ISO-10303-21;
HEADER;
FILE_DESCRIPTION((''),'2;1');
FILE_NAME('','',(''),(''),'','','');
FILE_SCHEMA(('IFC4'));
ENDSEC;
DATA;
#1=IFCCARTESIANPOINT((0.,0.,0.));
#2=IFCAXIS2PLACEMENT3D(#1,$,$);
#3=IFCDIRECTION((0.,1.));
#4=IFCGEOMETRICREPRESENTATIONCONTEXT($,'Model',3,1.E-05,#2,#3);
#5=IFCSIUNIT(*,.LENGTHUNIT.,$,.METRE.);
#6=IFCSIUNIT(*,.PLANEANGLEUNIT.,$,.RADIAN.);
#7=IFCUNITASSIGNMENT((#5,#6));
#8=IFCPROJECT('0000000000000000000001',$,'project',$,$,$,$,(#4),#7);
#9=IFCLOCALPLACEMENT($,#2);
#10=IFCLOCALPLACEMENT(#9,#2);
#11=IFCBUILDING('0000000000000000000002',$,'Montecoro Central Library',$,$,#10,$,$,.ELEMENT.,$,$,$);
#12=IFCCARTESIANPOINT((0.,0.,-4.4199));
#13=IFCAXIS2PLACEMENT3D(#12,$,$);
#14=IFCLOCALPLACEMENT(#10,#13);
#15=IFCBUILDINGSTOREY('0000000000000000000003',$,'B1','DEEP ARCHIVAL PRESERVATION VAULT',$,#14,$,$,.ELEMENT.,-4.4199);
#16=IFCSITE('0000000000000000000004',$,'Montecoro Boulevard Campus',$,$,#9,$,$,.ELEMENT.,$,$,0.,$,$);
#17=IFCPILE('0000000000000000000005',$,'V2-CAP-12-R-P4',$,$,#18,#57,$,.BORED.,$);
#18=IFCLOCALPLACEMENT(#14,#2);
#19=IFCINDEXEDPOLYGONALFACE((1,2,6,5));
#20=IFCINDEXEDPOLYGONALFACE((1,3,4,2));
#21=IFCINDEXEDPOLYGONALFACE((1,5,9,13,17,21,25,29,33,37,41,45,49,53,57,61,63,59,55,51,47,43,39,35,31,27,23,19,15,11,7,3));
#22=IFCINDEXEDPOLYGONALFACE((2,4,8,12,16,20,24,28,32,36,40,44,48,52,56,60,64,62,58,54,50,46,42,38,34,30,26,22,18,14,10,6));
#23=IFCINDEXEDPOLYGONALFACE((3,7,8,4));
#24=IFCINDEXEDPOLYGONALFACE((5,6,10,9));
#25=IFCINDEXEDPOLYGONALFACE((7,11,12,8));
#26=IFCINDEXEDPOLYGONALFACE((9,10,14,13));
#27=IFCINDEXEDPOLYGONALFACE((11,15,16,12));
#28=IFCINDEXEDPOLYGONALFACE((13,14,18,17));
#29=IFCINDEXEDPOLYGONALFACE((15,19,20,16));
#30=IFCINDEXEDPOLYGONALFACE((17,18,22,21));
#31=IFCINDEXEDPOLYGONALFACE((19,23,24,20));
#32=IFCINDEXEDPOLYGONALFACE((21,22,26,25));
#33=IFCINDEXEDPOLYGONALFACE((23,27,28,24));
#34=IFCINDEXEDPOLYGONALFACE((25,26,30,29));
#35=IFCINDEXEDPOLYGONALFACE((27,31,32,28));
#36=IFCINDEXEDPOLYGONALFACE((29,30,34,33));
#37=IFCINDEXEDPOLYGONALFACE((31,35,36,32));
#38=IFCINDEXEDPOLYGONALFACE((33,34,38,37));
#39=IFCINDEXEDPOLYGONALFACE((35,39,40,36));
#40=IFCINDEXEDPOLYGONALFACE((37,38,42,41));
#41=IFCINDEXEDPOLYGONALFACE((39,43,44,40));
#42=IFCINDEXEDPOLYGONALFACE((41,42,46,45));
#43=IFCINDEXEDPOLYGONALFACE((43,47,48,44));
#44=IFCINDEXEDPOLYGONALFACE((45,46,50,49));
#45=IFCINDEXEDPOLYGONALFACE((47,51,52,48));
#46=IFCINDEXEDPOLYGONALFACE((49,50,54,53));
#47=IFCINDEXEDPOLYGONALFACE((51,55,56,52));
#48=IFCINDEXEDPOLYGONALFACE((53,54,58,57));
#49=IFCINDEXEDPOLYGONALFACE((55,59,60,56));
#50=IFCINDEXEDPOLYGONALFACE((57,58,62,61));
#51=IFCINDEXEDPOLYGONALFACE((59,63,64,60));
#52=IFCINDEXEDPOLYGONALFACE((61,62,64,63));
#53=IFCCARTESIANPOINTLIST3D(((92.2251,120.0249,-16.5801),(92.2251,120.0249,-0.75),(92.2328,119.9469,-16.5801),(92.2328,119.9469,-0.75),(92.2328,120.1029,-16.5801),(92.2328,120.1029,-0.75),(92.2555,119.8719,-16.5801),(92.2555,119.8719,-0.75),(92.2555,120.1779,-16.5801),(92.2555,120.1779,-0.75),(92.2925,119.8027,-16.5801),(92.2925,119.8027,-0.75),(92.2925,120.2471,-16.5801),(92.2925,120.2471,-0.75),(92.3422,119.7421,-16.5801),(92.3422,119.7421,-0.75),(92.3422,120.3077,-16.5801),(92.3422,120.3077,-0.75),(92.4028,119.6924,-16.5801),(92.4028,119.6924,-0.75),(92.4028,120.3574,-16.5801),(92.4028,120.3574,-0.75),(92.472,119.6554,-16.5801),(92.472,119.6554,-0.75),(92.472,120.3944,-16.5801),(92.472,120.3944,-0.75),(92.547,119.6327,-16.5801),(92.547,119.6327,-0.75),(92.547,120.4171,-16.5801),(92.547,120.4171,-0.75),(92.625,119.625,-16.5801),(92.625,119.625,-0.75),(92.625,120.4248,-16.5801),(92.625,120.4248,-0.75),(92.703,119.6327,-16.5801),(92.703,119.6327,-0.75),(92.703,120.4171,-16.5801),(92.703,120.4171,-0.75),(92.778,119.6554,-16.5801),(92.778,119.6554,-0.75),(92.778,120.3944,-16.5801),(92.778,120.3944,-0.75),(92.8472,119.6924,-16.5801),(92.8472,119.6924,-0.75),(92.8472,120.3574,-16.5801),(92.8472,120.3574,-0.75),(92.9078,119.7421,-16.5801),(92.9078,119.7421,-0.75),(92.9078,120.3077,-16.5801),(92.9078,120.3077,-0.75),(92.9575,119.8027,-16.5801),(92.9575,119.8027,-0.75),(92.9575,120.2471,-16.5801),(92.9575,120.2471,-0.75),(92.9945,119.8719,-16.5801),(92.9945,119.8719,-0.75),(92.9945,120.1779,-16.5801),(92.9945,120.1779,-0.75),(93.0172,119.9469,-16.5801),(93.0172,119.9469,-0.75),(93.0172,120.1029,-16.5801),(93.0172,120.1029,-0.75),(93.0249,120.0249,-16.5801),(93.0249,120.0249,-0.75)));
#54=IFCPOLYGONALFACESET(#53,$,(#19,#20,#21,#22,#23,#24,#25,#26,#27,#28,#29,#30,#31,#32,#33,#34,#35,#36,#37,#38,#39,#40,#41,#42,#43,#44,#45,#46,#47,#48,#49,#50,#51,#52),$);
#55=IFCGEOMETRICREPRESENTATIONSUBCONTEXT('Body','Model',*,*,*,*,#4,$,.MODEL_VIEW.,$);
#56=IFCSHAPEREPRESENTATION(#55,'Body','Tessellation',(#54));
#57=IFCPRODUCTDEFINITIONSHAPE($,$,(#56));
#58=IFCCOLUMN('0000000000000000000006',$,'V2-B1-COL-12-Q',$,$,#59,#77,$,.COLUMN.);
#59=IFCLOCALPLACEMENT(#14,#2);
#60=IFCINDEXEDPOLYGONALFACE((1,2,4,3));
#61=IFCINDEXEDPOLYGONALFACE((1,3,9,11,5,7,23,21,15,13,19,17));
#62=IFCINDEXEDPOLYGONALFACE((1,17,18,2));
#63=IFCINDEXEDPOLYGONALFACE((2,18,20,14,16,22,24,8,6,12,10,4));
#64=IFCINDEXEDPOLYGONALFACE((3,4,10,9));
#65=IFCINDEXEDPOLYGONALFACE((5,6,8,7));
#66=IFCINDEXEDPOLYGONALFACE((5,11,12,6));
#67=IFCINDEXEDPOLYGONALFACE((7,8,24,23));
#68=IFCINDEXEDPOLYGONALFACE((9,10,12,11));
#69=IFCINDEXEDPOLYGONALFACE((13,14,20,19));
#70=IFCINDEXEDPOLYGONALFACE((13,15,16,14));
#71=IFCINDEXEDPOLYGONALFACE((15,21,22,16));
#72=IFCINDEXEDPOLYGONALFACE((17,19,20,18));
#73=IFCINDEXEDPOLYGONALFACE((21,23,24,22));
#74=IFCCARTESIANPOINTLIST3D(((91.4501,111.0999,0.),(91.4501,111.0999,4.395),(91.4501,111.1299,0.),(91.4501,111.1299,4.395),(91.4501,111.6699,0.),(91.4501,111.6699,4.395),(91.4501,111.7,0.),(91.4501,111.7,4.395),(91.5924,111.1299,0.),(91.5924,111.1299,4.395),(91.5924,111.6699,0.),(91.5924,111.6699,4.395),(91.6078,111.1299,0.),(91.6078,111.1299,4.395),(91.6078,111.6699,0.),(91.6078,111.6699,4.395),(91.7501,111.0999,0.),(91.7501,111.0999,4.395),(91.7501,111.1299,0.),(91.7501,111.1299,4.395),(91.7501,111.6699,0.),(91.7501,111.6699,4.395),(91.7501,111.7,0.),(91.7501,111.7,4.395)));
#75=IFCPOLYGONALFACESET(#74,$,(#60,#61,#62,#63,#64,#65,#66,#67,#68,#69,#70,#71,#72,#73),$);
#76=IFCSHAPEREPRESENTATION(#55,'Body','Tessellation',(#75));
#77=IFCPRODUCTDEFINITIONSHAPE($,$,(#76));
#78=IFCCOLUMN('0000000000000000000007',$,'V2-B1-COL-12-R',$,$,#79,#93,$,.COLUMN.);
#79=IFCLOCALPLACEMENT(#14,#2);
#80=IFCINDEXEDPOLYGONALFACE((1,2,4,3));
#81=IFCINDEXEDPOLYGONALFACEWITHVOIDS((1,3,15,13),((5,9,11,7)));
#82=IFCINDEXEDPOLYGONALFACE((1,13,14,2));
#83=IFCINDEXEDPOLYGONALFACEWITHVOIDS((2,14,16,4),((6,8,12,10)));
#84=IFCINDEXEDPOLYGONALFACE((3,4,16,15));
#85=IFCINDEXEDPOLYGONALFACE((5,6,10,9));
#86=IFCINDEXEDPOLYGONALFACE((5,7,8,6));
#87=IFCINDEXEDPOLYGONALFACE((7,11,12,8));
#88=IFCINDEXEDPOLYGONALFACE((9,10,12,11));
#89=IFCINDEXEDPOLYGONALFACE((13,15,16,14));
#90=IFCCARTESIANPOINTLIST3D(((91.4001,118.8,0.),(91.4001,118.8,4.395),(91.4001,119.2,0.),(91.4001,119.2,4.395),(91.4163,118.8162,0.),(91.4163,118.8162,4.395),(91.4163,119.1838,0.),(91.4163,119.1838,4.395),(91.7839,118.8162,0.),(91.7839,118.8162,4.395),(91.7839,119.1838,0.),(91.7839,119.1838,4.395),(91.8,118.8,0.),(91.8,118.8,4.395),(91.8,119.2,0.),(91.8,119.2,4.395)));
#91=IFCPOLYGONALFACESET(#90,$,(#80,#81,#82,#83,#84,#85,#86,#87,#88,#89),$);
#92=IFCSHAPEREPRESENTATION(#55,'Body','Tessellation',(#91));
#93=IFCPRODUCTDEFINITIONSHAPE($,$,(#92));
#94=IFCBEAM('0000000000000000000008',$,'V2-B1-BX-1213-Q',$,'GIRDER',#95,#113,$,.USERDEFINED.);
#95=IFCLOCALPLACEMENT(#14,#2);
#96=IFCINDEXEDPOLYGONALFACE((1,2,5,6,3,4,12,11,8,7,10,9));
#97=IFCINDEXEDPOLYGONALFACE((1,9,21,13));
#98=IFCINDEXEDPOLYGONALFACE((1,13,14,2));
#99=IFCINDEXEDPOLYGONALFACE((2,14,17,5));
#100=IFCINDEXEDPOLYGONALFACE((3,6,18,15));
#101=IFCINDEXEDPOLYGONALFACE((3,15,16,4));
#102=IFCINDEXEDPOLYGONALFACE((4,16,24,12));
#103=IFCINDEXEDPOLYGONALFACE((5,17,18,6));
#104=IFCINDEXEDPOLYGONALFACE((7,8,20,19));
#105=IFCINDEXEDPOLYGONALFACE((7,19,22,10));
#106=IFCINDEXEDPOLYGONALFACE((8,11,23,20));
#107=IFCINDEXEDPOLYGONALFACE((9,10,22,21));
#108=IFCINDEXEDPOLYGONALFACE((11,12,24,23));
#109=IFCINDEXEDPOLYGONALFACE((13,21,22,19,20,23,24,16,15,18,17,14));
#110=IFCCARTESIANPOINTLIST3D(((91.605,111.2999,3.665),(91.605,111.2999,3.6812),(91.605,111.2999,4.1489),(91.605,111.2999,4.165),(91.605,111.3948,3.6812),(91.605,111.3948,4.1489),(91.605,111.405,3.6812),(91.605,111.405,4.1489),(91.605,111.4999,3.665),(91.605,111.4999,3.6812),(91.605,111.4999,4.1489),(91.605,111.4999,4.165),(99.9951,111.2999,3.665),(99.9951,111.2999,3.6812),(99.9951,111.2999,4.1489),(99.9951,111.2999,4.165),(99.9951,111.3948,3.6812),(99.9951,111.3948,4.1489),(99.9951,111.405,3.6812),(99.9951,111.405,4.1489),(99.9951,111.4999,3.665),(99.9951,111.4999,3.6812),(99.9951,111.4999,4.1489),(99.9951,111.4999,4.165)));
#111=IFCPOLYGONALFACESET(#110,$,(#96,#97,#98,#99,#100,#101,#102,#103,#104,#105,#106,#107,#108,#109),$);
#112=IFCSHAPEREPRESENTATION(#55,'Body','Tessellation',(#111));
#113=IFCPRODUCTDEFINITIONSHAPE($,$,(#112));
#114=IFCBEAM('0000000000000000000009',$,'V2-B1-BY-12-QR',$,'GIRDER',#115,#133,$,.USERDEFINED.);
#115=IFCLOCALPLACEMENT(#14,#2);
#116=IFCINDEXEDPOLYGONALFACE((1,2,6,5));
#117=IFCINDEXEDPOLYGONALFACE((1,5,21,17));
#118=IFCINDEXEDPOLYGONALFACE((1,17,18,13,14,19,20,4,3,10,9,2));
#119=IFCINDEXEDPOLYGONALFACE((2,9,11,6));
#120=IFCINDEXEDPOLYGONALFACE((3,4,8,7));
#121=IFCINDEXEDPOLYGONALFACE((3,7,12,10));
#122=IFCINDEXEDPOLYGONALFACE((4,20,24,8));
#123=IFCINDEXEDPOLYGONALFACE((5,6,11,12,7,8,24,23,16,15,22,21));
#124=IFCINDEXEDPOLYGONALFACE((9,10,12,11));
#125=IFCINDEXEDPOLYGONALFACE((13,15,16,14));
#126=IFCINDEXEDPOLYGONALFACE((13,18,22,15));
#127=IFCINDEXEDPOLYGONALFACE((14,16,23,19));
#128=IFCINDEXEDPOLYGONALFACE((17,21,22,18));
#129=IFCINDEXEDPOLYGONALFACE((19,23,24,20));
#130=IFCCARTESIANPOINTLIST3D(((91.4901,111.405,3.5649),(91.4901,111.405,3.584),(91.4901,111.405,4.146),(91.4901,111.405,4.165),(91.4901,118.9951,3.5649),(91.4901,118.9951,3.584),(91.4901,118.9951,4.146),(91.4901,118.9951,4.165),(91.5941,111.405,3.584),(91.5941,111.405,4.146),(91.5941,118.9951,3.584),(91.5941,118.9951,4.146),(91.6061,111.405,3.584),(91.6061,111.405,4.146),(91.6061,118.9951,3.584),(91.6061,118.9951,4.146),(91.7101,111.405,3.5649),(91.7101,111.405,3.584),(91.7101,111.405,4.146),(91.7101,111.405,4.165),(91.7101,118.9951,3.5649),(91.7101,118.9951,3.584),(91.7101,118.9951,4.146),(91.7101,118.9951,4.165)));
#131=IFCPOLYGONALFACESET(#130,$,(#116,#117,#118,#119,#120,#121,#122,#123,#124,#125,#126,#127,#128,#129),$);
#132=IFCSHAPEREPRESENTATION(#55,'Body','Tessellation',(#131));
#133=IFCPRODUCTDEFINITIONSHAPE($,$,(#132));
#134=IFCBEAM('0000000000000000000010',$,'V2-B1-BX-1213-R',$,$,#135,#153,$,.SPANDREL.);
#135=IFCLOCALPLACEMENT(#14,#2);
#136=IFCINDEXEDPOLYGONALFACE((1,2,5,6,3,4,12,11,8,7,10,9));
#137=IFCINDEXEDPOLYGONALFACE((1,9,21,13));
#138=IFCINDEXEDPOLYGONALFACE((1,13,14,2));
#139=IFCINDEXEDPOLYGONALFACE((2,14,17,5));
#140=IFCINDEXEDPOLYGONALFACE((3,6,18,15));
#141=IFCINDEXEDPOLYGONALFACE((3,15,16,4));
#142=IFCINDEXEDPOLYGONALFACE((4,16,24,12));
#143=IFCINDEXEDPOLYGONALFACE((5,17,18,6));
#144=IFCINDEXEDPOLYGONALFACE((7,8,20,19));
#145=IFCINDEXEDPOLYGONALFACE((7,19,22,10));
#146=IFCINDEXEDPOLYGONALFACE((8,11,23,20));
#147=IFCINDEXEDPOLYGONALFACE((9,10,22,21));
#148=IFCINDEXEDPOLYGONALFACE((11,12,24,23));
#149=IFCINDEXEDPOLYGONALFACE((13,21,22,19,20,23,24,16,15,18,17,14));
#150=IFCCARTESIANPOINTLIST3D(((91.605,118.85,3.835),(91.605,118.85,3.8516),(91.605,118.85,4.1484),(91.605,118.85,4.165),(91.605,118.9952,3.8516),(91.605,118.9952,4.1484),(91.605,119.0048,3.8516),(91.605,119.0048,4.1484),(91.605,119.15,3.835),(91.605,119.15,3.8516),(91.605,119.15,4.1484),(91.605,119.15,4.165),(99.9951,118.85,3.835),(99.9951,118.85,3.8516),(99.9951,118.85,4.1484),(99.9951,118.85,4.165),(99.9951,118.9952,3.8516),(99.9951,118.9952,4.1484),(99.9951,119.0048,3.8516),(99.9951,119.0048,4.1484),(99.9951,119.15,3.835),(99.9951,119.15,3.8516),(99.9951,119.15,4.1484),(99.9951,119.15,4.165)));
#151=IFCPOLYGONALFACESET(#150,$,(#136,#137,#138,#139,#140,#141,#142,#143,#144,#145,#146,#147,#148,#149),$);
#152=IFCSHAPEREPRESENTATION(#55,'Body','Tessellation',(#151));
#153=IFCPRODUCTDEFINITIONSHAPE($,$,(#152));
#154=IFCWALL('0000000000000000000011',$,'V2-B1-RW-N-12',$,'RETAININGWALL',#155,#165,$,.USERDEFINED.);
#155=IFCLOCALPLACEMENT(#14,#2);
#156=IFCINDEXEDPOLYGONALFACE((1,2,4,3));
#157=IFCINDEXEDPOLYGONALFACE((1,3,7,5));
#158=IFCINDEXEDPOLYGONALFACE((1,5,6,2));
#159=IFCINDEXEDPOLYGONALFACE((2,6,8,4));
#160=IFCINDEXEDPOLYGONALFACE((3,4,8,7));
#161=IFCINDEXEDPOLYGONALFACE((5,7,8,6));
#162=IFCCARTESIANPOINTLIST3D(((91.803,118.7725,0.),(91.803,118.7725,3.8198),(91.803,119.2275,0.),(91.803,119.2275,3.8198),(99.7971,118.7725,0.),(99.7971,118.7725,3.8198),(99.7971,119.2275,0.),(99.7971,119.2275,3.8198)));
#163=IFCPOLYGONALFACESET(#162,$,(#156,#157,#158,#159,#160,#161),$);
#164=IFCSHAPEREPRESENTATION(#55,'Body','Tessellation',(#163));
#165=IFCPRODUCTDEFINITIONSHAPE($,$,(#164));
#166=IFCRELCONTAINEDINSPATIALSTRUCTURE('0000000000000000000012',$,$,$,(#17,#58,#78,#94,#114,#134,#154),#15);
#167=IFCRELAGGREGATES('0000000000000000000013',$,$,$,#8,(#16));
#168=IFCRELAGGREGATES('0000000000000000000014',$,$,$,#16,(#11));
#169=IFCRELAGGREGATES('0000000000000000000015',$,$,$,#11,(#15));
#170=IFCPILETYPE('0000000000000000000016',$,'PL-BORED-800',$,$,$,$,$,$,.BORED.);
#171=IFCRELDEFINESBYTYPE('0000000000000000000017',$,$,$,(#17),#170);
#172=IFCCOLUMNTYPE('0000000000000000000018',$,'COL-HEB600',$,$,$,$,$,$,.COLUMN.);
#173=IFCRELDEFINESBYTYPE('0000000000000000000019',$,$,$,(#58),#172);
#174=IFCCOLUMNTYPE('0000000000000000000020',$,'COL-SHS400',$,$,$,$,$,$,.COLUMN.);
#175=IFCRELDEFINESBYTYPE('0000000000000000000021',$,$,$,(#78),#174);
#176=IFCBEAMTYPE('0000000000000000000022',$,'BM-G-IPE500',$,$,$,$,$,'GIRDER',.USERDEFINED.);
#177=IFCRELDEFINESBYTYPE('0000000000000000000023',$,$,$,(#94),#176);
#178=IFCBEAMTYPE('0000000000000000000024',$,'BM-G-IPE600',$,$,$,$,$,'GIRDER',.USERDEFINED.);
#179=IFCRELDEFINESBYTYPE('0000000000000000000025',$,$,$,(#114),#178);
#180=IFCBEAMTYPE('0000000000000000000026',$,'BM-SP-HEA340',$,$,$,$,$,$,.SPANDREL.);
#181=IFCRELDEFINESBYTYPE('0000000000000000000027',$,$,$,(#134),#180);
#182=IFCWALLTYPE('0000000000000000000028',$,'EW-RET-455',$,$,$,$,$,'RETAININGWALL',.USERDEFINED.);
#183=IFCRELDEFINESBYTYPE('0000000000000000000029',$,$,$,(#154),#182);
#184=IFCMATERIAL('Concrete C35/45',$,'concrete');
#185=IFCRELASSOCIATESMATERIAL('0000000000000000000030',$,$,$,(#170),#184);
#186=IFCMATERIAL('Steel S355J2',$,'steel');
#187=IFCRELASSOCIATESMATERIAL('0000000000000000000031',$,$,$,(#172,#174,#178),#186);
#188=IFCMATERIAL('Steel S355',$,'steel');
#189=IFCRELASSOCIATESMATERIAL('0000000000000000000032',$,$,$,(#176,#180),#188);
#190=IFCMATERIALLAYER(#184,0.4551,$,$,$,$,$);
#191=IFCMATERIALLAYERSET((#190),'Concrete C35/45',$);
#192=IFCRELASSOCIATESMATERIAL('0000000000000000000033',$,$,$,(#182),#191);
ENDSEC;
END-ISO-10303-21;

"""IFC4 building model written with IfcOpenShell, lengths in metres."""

from ifc_helpers import new_model, si_unit, direction, frame, frame_2d, origin, origin_2d, place, context, subcontext, project, spatial, rectangle, hollow_rectangle, circle, i_section, extrude, material, layer, layer_set, material_profile, profile_set, type_object, element, save


model = new_model("IFC4")

# Units and contexts
model_context = context("Model", 3, precision=1e-05, world=origin(), true_north=direction((0.0, 1.0)))
body_context = subcontext(model_context, "Body", "Model", "MODEL_VIEW")
ifc_project = project(units=[si_unit("LENGTHUNIT", "METRE"), si_unit("PLANEANGLEUNIT", "RADIAN")], contexts=[model_context])

# Site, building, storey
site_placement = place(None, origin())
site = spatial("IfcSite", under=ifc_project, at=site_placement, Name="Montecoro Boulevard Campus", CompositionType="ELEMENT", RefElevation=0.0)
building_placement = place(site_placement, origin())
building = spatial("IfcBuilding", under=site, at=building_placement, Name="Montecoro Central Library", CompositionType="ELEMENT")
storey_placement = place(building_placement, frame((0.0, 0.0, -4.4199)))
storey = spatial("IfcBuildingStorey", under=building, at=storey_placement, Name="B1", Description="DEEP ARCHIVAL PRESERVATION VAULT", CompositionType="ELEMENT", Elevation=-4.4199)

# Shared definitions
ifc_material_1 = material(Name="Concrete C35/45", Category="concrete")

# Pile
ifc_material_profile_1 = material_profile(ifc_material_1, circle(Radius=0.3999, at=origin_2d()), Name="PILE D800")
ifc_profile_set_1 = profile_set([ifc_material_profile_1], Name="Concrete C35/45")
pile_type_1 = type_object("IfcPileType", Name="PL-BORED-800", PredefinedType="BORED", material=ifc_profile_set_1)
for number, where, z_axis, x_axis, name in (
    (1, (92.625, 120.0249, -0.75), (0.0, 0.0, -1.0), (1.0, 0.0, 0.0), "V2-CAP-12-R-P4"),
):
    element("IfcPile", number, at=place(storey_placement, frame(where, z_axis=z_axis, x_axis=x_axis)), inside=storey, type_object=pile_type_1, Name=name, PredefinedType="BORED", context=body_context, shape_type="SweptSolid", body=[
        extrude(circle(Radius=0.3999, at=origin_2d()), origin(), (0.0, 0.0, 1.0), 15.8301),
    ])

# Columns
ifc_material_2 = material(Name="Steel S355J2", Category="steel")
ifc_material_profile_2 = material_profile(ifc_material_2, i_section(OverallWidth=0.3, OverallDepth=0.6001, WebThickness=0.0154, FlangeThickness=0.03, at=origin_2d()), Name="HEB 600")
ifc_profile_set_2 = profile_set([ifc_material_profile_2], Name="Steel S355J2")
column_type_1 = type_object("IfcColumnType", Name="COL-HEB600", PredefinedType="COLUMN", material=ifc_profile_set_2)
column_1_placement = place(storey_placement, frame((91.6001, 111.3999, 0.0), z_axis=(0.0, 0.0, 1.0), x_axis=(1.0, 0.0, 0.0)))
element("IfcColumn", 2, at=column_1_placement, inside=storey, type_object=column_type_1, Name="V2-B1-COL-12-Q", PredefinedType="COLUMN", context=body_context, shape_type="SweptSolid", body=[
    extrude(i_section(OverallWidth=0.3, OverallDepth=0.6001, WebThickness=0.0154, FlangeThickness=0.03, at=origin_2d()), origin(), (0.0, 0.0, 1.0), 4.395),
])
ifc_material_profile_3 = material_profile(ifc_material_2, hollow_rectangle(XDim=0.3999, YDim=0.3999, WallThickness=0.0161, at=origin_2d()), Name="SHS 400x400x16.0")
ifc_profile_set_3 = profile_set([ifc_material_profile_3], Name="Steel S355J2")
column_type_2 = type_object("IfcColumnType", Name="COL-SHS400", PredefinedType="COLUMN", material=ifc_profile_set_3)
column_2_placement = place(storey_placement, frame((91.6001, 119.0, 0.0), z_axis=(0.0, 0.0, 1.0), x_axis=(1.0, 0.0, 0.0)))
element("IfcColumn", 3, at=column_2_placement, inside=storey, type_object=column_type_2, Name="V2-B1-COL-12-R", PredefinedType="COLUMN", context=body_context, shape_type="SweptSolid", body=[
    extrude(hollow_rectangle(XDim=0.3999, YDim=0.3999, WallThickness=0.0161, at=origin_2d()), origin(), (0.0, 0.0, 1.0), 4.395),
])

# Beams
ifc_material_3 = material(Name="Steel S355", Category="steel")
ifc_material_profile_4 = material_profile(ifc_material_3, i_section(OverallWidth=0.2, OverallDepth=0.5, WebThickness=0.0103, FlangeThickness=0.0161, at=origin_2d()), Name="IPE 500")
ifc_profile_set_4 = profile_set([ifc_material_profile_4], Name="Steel S355")
beam_type_1 = type_object("IfcBeamType", Name="BM-G-IPE500", ElementType="GIRDER", PredefinedType="USERDEFINED", material=ifc_profile_set_4)
beam_1_placement = place(storey_placement, frame((91.605, 111.3999, 3.915), z_axis=(1.0, 0.0, 0.0), x_axis=(0.0, 1.0, 0.0)))
element("IfcBeam", 4, at=beam_1_placement, inside=storey, type_object=beam_type_1, Name="V2-B1-BX-1213-Q", ObjectType="GIRDER", PredefinedType="USERDEFINED", context=body_context, shape_type="SweptSolid", body=[
    extrude(i_section(OverallWidth=0.2, OverallDepth=0.5, WebThickness=0.0103, FlangeThickness=0.0161, at=origin_2d()), origin(), (0.0, 0.0, 1.0), 8.3901),
])
ifc_material_profile_5 = material_profile(ifc_material_2, i_section(OverallWidth=0.22, OverallDepth=0.6001, WebThickness=0.012, FlangeThickness=0.019, at=origin_2d()), Name="IPE 600")
ifc_profile_set_5 = profile_set([ifc_material_profile_5], Name="Steel S355J2")
beam_type_2 = type_object("IfcBeamType", Name="BM-G-IPE600", ElementType="GIRDER", PredefinedType="USERDEFINED", material=ifc_profile_set_5)
beam_2_placement = place(storey_placement, frame((91.6001, 111.405, 3.865), z_axis=(0.0, 1.0, 0.0), x_axis=(-1.0, 0.0, 0.0)))
element("IfcBeam", 5, at=beam_2_placement, inside=storey, type_object=beam_type_2, Name="V2-B1-BY-12-QR", ObjectType="GIRDER", PredefinedType="USERDEFINED", context=body_context, shape_type="SweptSolid", body=[
    extrude(i_section(OverallWidth=0.22, OverallDepth=0.6001, WebThickness=0.012, FlangeThickness=0.019, at=origin_2d()), origin(), (0.0, 0.0, 1.0), 7.5901),
])
ifc_material_profile_6 = material_profile(ifc_material_3, i_section(OverallWidth=0.3, OverallDepth=0.3301, WebThickness=0.0095, FlangeThickness=0.0166, at=origin_2d()), Name="HEA 340")
ifc_profile_set_6 = profile_set([ifc_material_profile_6], Name="Steel S355")
beam_type_3 = type_object("IfcBeamType", Name="BM-SP-HEA340", PredefinedType="SPANDREL", material=ifc_profile_set_6)
beam_3_placement = place(storey_placement, frame((91.605, 119.0, 4.0), z_axis=(1.0, 0.0, 0.0), x_axis=(0.0, 1.0, 0.0)))
element("IfcBeam", 6, at=beam_3_placement, inside=storey, type_object=beam_type_3, Name="V2-B1-BX-1213-R", PredefinedType="SPANDREL", context=body_context, shape_type="SweptSolid", body=[
    extrude(i_section(OverallWidth=0.3, OverallDepth=0.3301, WebThickness=0.0095, FlangeThickness=0.0166, at=origin_2d()), origin(), (0.0, 0.0, 1.0), 8.3901),
])

# Wall
ifc_layer_1 = layer(ifc_material_1, 0.4551)
ifc_layer_set_1 = layer_set([ifc_layer_1], Name="Concrete C35/45")
wall_type_1 = type_object("IfcWallType", Name="EW-RET-455", ElementType="RETAININGWALL", PredefinedType="USERDEFINED", material=ifc_layer_set_1)
wall_1_placement = place(storey_placement, frame((91.803, 119.0, 0.0), z_axis=(0.0, 0.0, 1.0), x_axis=(1.0, 0.0, 0.0)))
element("IfcWall", 7, at=wall_1_placement, inside=storey, type_object=wall_type_1, Name="V2-B1-RW-N-12", ObjectType="RETAININGWALL", PredefinedType="USERDEFINED", context=body_context, shape_type="SweptSolid", body=[
    extrude(rectangle(XDim=7.9941, YDim=0.4551, at=frame_2d((3.9971, 0.0))), origin(), (0.0, 0.0, 1.0), 3.8198),
])

save(model, "model.ifc")
